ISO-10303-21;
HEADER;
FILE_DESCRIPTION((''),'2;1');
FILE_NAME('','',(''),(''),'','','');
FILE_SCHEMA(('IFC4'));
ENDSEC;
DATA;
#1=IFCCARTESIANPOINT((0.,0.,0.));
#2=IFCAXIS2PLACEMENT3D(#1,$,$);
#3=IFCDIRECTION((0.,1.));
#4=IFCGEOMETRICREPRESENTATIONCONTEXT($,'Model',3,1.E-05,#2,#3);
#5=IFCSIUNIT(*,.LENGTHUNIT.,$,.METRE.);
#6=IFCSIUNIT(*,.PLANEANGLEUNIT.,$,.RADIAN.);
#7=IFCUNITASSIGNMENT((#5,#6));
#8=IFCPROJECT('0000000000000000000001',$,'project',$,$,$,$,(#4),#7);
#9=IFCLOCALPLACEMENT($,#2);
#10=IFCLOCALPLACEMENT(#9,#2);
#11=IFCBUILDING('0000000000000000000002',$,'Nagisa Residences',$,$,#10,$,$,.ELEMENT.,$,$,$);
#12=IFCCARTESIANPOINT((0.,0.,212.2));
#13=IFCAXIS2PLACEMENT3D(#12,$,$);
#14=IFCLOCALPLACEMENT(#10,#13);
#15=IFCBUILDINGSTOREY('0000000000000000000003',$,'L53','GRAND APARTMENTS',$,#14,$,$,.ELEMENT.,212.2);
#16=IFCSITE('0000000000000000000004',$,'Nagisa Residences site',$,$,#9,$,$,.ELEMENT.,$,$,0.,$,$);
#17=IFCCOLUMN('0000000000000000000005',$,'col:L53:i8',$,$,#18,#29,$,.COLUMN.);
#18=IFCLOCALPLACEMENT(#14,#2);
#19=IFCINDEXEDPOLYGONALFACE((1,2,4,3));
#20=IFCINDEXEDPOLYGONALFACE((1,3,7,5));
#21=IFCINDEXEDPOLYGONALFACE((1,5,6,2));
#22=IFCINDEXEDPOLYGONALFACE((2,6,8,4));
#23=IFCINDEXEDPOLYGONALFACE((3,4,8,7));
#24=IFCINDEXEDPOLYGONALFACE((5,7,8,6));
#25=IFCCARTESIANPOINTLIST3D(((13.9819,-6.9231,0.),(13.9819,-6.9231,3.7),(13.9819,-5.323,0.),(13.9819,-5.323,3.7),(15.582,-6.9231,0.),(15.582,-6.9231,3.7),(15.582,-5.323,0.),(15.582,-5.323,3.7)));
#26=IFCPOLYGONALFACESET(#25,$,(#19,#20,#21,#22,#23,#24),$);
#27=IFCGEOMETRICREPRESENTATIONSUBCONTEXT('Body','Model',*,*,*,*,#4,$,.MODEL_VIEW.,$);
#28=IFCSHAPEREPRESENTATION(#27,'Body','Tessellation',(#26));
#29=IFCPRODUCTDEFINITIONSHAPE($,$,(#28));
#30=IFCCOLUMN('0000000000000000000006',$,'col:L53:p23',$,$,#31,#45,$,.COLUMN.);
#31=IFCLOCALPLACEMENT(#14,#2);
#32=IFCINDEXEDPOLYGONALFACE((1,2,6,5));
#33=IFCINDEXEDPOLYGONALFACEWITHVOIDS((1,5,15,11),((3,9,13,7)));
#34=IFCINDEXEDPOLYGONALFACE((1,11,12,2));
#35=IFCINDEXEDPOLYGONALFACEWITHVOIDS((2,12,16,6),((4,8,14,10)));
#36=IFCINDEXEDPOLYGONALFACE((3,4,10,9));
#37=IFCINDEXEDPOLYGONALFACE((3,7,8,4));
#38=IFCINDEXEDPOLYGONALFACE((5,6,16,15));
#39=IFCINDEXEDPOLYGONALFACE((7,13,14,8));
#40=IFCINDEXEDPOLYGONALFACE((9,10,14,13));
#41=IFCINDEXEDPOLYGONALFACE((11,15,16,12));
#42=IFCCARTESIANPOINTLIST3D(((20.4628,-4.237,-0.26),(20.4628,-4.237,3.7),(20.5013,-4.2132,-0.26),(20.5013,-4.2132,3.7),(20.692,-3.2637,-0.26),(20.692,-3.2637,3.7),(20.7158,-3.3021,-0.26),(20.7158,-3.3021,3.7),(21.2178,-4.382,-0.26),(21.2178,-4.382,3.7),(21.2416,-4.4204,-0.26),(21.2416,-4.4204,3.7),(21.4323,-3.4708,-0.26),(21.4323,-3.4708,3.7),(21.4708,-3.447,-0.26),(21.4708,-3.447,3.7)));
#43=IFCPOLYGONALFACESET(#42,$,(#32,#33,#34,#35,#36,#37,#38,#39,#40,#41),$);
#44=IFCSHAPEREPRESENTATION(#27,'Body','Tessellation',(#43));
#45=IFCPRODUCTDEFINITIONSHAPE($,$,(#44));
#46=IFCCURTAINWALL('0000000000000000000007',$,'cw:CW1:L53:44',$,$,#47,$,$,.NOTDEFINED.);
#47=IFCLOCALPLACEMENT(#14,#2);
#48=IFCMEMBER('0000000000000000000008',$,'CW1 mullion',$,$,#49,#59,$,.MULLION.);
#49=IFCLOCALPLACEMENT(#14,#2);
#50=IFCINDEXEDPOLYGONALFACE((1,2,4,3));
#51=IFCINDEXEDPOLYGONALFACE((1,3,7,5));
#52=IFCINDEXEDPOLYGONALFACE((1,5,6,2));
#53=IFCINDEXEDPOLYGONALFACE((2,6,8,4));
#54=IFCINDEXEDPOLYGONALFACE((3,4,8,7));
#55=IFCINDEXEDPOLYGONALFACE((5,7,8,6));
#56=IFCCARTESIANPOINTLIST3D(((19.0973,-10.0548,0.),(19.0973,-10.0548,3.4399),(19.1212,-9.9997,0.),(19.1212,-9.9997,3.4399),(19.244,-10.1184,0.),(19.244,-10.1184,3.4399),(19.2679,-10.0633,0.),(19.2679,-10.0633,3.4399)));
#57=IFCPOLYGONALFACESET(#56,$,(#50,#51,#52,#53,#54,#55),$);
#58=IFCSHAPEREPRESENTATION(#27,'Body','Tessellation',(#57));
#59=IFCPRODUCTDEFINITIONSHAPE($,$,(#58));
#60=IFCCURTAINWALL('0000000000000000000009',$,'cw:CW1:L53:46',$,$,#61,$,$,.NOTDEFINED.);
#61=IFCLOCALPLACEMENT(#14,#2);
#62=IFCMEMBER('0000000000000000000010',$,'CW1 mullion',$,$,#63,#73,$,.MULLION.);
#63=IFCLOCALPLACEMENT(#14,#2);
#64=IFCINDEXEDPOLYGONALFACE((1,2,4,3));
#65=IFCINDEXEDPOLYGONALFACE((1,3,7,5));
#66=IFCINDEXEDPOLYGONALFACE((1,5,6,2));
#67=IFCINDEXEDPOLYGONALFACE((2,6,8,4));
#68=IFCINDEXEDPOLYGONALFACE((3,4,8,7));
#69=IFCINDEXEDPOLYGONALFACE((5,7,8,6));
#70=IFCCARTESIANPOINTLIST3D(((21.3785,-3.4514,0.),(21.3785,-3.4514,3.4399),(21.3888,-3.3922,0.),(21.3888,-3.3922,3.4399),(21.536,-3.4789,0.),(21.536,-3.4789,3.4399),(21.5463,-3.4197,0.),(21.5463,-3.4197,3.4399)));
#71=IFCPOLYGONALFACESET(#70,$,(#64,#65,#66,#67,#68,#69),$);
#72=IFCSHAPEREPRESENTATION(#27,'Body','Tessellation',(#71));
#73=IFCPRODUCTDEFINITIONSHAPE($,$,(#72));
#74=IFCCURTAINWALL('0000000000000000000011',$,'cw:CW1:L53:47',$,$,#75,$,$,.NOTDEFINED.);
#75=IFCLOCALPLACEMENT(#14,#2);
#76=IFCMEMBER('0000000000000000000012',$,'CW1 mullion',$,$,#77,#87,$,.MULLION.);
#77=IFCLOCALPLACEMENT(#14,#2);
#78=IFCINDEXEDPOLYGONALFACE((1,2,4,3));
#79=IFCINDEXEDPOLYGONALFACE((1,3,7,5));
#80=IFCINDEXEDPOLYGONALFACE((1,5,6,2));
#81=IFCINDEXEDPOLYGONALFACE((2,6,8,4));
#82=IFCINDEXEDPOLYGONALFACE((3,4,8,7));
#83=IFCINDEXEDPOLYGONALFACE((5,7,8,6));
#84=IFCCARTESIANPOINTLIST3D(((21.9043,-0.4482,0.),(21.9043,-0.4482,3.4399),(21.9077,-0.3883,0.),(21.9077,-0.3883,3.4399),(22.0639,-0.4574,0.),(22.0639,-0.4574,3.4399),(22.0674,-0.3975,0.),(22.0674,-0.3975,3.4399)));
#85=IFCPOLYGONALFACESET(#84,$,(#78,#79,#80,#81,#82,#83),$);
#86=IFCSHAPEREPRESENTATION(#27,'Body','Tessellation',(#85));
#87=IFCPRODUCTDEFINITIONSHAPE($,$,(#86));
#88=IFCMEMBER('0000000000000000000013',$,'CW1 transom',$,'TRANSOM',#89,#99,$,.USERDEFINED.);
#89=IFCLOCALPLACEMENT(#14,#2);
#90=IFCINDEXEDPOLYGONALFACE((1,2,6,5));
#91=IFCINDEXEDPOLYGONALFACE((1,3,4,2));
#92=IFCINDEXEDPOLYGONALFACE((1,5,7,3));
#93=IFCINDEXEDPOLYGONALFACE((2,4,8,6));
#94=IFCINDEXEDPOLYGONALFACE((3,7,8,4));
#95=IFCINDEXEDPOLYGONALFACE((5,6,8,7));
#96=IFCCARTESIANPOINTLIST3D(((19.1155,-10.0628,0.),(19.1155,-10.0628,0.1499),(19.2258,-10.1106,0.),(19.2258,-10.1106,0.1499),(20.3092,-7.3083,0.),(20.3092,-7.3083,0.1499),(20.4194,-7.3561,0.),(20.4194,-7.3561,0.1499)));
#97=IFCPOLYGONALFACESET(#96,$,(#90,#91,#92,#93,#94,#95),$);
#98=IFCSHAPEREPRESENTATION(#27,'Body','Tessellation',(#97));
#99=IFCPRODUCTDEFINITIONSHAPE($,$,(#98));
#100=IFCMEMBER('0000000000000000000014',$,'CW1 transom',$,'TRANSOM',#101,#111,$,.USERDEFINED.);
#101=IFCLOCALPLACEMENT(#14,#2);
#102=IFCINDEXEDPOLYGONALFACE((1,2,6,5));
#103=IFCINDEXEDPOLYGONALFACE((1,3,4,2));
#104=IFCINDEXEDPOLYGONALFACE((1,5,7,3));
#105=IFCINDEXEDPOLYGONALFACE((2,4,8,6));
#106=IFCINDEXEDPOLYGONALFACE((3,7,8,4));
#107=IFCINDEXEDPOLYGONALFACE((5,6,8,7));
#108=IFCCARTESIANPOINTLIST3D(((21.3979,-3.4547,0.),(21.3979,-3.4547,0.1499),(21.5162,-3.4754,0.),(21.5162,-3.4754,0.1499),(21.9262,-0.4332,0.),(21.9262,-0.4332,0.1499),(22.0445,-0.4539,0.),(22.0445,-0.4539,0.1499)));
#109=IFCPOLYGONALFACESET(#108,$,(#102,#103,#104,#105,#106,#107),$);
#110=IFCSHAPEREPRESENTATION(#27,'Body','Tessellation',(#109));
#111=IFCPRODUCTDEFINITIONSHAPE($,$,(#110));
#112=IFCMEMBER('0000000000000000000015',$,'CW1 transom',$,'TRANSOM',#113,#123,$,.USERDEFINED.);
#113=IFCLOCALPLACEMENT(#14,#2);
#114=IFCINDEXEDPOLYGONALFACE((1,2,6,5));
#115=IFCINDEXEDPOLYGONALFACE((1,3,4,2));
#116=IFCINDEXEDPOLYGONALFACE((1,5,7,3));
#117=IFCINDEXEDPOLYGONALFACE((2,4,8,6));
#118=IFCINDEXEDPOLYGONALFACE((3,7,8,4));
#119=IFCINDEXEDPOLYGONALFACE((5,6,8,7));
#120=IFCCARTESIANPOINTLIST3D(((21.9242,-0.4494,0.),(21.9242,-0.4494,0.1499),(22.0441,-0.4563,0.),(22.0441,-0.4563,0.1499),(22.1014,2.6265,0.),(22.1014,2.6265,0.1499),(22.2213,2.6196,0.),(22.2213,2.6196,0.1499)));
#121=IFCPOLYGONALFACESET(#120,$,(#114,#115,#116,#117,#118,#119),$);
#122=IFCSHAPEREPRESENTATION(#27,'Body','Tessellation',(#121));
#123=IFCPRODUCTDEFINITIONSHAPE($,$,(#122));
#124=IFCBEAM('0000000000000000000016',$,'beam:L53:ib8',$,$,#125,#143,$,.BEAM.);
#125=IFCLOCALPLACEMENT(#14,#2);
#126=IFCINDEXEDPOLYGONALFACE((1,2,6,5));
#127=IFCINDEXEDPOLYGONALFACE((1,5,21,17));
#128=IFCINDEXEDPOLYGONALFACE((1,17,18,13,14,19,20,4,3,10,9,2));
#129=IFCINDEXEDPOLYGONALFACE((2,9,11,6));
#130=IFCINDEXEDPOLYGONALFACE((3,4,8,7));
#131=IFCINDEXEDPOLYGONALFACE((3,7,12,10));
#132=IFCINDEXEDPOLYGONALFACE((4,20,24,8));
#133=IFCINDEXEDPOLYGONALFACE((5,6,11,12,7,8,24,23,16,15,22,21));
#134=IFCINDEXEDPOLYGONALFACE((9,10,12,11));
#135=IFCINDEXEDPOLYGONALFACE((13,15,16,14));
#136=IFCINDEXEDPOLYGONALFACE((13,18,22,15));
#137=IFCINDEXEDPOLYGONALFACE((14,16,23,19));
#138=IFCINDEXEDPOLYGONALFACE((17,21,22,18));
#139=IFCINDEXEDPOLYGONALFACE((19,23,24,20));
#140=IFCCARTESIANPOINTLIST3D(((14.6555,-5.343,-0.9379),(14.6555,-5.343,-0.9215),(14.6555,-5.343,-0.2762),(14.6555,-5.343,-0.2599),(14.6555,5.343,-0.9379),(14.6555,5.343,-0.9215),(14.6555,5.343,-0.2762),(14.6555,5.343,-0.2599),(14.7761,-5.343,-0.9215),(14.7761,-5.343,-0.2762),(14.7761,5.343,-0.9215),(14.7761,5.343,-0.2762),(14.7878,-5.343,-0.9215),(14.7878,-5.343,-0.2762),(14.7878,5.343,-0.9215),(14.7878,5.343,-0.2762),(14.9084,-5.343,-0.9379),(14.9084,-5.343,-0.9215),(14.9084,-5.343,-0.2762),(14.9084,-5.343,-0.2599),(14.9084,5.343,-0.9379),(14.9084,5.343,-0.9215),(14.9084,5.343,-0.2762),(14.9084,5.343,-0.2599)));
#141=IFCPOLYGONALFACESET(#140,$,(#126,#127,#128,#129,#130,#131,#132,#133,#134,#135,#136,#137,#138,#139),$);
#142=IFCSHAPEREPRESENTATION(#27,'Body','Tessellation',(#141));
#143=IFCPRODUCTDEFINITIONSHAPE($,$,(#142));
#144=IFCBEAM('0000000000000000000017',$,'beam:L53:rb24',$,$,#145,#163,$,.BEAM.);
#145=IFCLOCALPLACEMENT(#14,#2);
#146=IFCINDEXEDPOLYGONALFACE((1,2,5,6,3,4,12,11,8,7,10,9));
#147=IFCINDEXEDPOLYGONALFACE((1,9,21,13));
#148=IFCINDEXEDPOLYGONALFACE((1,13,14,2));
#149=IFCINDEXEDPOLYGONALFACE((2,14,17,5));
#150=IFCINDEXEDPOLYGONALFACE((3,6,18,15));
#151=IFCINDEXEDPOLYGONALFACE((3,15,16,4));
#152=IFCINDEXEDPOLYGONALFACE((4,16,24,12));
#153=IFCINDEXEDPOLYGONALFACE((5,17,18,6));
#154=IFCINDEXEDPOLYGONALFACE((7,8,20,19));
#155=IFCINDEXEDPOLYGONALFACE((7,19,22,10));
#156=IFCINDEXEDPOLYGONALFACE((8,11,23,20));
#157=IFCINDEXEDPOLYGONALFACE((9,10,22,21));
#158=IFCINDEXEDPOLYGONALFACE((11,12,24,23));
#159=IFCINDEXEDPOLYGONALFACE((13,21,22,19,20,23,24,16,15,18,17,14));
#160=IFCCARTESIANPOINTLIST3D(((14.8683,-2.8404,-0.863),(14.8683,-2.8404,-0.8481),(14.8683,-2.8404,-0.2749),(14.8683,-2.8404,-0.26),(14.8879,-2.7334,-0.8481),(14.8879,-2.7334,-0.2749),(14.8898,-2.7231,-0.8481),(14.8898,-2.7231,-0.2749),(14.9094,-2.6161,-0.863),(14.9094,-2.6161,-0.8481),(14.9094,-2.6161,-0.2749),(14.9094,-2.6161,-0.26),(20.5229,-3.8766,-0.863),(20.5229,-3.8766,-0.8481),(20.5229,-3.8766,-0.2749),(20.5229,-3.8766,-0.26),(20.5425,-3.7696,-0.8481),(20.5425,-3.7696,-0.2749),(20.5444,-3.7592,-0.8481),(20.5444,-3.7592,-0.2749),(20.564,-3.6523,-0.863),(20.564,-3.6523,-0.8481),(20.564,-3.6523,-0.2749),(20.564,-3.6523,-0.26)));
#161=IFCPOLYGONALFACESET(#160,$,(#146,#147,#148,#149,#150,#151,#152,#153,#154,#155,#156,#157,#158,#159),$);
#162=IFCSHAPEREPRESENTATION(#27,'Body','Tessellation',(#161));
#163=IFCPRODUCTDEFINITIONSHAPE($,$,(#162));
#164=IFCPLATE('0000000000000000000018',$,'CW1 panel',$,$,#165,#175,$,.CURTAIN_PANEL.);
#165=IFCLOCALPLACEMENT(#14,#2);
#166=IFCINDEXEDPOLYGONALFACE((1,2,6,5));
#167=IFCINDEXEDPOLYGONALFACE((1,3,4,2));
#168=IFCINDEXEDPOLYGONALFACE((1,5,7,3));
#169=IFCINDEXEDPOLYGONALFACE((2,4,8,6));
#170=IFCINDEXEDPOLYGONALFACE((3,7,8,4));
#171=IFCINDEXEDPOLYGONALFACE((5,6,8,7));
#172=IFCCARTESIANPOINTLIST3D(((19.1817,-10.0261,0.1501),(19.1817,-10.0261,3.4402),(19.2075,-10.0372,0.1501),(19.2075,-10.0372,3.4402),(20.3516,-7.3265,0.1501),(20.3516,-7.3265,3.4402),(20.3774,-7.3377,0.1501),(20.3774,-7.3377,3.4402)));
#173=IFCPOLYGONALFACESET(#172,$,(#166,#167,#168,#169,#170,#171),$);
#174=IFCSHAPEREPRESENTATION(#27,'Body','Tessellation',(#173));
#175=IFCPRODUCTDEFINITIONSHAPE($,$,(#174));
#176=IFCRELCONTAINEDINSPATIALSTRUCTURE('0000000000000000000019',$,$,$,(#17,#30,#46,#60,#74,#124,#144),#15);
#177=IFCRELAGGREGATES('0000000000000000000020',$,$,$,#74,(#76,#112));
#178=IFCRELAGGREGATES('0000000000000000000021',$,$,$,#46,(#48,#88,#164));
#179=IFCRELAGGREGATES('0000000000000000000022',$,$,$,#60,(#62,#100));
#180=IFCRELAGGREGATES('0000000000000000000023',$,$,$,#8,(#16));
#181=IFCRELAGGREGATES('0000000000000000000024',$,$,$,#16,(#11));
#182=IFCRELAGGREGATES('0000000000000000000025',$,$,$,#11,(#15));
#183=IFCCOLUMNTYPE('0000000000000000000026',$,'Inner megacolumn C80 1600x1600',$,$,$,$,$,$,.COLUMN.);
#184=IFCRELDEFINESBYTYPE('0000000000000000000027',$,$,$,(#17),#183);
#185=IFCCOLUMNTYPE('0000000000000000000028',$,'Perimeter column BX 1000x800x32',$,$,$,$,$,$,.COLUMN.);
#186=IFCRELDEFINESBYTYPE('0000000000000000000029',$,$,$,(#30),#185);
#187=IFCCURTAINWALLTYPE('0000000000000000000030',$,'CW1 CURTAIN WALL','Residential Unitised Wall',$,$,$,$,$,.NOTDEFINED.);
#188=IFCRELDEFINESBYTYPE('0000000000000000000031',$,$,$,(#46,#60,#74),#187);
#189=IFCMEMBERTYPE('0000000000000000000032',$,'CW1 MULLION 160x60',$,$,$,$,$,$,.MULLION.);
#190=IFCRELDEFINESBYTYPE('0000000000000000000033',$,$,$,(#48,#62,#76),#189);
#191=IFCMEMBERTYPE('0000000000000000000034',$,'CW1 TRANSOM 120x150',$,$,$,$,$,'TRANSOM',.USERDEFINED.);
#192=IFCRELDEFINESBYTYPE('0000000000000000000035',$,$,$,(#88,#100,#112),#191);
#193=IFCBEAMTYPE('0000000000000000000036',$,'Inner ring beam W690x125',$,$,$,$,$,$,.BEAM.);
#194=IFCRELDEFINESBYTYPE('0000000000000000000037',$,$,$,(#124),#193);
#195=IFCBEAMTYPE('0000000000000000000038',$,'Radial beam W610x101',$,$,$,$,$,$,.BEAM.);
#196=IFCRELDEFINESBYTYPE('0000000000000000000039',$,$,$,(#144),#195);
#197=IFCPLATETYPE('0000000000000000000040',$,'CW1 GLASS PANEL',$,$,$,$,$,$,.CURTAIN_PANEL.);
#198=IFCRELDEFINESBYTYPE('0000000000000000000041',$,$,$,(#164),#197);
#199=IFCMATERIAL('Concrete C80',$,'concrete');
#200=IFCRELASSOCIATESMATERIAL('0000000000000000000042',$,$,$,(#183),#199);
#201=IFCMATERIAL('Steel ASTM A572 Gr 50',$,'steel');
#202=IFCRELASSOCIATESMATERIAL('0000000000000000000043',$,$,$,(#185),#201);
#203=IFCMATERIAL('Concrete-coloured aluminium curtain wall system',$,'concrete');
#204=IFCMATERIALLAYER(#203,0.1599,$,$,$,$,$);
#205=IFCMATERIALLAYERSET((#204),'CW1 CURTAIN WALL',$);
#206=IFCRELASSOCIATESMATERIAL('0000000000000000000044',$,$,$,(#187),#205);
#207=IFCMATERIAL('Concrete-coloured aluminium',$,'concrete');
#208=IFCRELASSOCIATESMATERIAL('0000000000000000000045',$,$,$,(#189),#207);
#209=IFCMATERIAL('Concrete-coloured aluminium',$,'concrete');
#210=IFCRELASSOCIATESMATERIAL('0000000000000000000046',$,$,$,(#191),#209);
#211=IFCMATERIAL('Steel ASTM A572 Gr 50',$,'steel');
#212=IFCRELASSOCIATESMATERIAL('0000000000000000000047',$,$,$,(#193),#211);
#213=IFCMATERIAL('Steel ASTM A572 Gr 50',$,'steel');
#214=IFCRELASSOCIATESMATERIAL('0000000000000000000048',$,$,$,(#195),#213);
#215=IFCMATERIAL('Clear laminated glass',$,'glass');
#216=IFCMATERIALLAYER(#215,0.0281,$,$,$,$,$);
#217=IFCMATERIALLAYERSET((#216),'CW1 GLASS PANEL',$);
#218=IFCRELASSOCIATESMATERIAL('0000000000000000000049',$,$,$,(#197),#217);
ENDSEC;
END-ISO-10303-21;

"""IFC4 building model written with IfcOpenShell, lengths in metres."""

from ifc_helpers import new_model, si_unit, direction, frame, origin, origin_2d, place, context, subcontext, project, spatial, rectangle, hollow_rectangle, i_section, extrude, material, layer, layer_set, material_profile, profile_set, type_object, element, aggregate, save


model = new_model("IFC4")

# Units and contexts
model_context = context("Model", 3, precision=1e-05, world=origin(), true_north=direction((0.0, 1.0)))
body_context = subcontext(model_context, "Body", "Model", "MODEL_VIEW")
ifc_project = project(units=[si_unit("LENGTHUNIT", "METRE"), si_unit("PLANEANGLEUNIT", "RADIAN")], contexts=[model_context])

# Site, building, storey
site_placement = place(None, origin())
site = spatial("IfcSite", under=ifc_project, at=site_placement, Name="Nagisa Residences site", CompositionType="ELEMENT", RefElevation=0.0)
building_placement = place(site_placement, origin())
building = spatial("IfcBuilding", under=site, at=building_placement, Name="Nagisa Residences", CompositionType="ELEMENT")
storey_placement = place(building_placement, frame((0.0, 0.0, 212.2)))
storey = spatial("IfcBuildingStorey", under=building, at=storey_placement, Name="L53", Description="GRAND APARTMENTS", CompositionType="ELEMENT", Elevation=212.2)

# Columns
ifc_material_1 = material(Name="Concrete C80", Category="concrete")
ifc_material_profile_1 = material_profile(ifc_material_1, rectangle(XDim=1.6001, YDim=1.6001, at=origin_2d()), Name="C80 1600x1600")
ifc_profile_set_1 = profile_set([ifc_material_profile_1], Name="Concrete C80")
column_type_1 = type_object("IfcColumnType", Name="Inner megacolumn C80 1600x1600", PredefinedType="COLUMN", material=ifc_profile_set_1)
column_1_placement = place(storey_placement, frame((14.782, -6.123, 0.0), z_axis=(0.0, 0.0, 1.0), x_axis=(1.0, 0.0, 0.0)))
element("IfcColumn", 1, at=column_1_placement, inside=storey, type_object=column_type_1, Name="col:L53:i8", PredefinedType="COLUMN", context=body_context, shape_type="SweptSolid", body=[
    extrude(rectangle(XDim=1.6001, YDim=1.6001, at=origin_2d()), origin(), (0.0, 0.0, 1.0), 3.7),
])
ifc_material_2 = material(Name="Steel ASTM A572 Gr 50", Category="steel")
ifc_material_profile_2 = material_profile(ifc_material_2, hollow_rectangle(XDim=1.0, YDim=0.8, WallThickness=0.032, at=origin_2d()), Name="BX 1000x800x32")
ifc_profile_set_2 = profile_set([ifc_material_profile_2], Name="Steel ASTM A572 Gr 50")
column_type_2 = type_object("IfcColumnType", Name="Perimeter column BX 1000x800x32", PredefinedType="COLUMN", material=ifc_profile_set_2)
column_2_placement = place(storey_placement, frame((20.9668, -3.842, -0.26), z_axis=(0.0, 0.0, 1.0), x_axis=(0.229202, 0.973379, 0.0)))
element("IfcColumn", 2, at=column_2_placement, inside=storey, type_object=column_type_2, Name="col:L53:p23", PredefinedType="COLUMN", context=body_context, shape_type="SweptSolid", body=[
    extrude(hollow_rectangle(XDim=1.0, YDim=0.8, WallThickness=0.032, at=origin_2d()), origin(), (0.0, 0.0, 1.0), 3.96),
])

# Curtain walls, members
ifc_material_3 = material(Name="Concrete-coloured aluminium curtain wall system", Category="concrete")
ifc_layer_1 = layer(ifc_material_3, 0.1599)
ifc_layer_set_1 = layer_set([ifc_layer_1], Name="CW1 CURTAIN WALL")
curtain_wall_type = type_object("IfcCurtainWallType", Name="CW1 CURTAIN WALL", Description="Residential Unitised Wall", PredefinedType="NOTDEFINED", material=ifc_layer_set_1)
curtain_wall_1_placement = place(storey_placement, origin())
curtain_wall_1 = element("IfcCurtainWall", 3, at=curtain_wall_1_placement, inside=storey, type_object=curtain_wall_type, Name="cw:CW1:L53:44", PredefinedType="NOTDEFINED")
ifc_material_4 = material(Name="Concrete-coloured aluminium", Category="concrete")
ifc_material_profile_3 = material_profile(ifc_material_4, rectangle(XDim=0.1599, YDim=0.0601, at=origin_2d()), Name="CW1 MULLION 160x60")
ifc_profile_set_3 = profile_set([ifc_material_profile_3], Name="Concrete-coloured aluminium")
member_type_1 = type_object("IfcMemberType", Name="CW1 MULLION 160x60", PredefinedType="MULLION", material=ifc_profile_set_3)
member_1_placement = place(storey_placement, frame((19.1826, -10.0591, 0.0), z_axis=(0.0, 0.0, 1.0), x_axis=(-0.917543, 0.397636, 0.0)))
member_1 = element("IfcMember", 4, at=member_1_placement, type_object=member_type_1, Name="CW1 mullion", PredefinedType="MULLION", context=body_context, shape_type="SweptSolid", body=[
    extrude(rectangle(XDim=0.1599, YDim=0.0601, at=origin_2d()), origin(), (0.0, 0.0, 1.0), 3.4399),
])
curtain_wall_2_placement = place(storey_placement, origin())
curtain_wall_2 = element("IfcCurtainWall", 5, at=curtain_wall_2_placement, inside=storey, type_object=curtain_wall_type, Name="cw:CW1:L53:46", PredefinedType="NOTDEFINED")
member_2_placement = place(storey_placement, frame((21.4624, -3.4355, 0.0), z_axis=(0.0, 0.0, 1.0), x_axis=(-0.985064, 0.172191, 0.0)))
member_2 = element("IfcMember", 6, at=member_2_placement, type_object=member_type_1, Name="CW1 mullion", PredefinedType="MULLION", context=body_context, shape_type="SweptSolid", body=[
    extrude(rectangle(XDim=0.1599, YDim=0.0601, at=origin_2d()), origin(), (0.0, 0.0, 1.0), 3.4399),
])
curtain_wall_3_placement = place(storey_placement, origin())
curtain_wall_3 = element("IfcCurtainWall", 7, at=curtain_wall_3_placement, inside=storey, type_object=curtain_wall_type, Name="cw:CW1:L53:47", PredefinedType="NOTDEFINED")
member_3_placement = place(storey_placement, frame((21.9858, -0.4229, 0.0), z_axis=(0.0, 0.0, 1.0), x_axis=(-0.998345, 0.057503, 0.0)))
member_3 = element("IfcMember", 8, at=member_3_placement, type_object=member_type_1, Name="CW1 mullion", PredefinedType="MULLION", context=body_context, shape_type="SweptSolid", body=[
    extrude(rectangle(XDim=0.1599, YDim=0.0601, at=origin_2d()), origin(), (0.0, 0.0, 1.0), 3.4399),
])

# Members
ifc_material_5 = material(Name="Concrete-coloured aluminium", Category="concrete")
ifc_material_profile_4 = material_profile(ifc_material_5, rectangle(XDim=0.1201, YDim=0.1499, at=origin_2d()), Name="CW1 TRANSOM 120x150")
ifc_profile_set_4 = profile_set([ifc_material_profile_4], Name="Concrete-coloured aluminium")
member_type_2 = type_object("IfcMemberType", Name="CW1 TRANSOM 120x150", ElementType="TRANSOM", PredefinedType="USERDEFINED", material=ifc_profile_set_4)
member_4_placement = place(storey_placement, frame((19.1707, -10.0867, 0.075), z_axis=(0.397617, 0.917552, 0.0), x_axis=(-0.917552, 0.397617, 0.0)))
member_4 = element("IfcMember", 9, at=member_4_placement, type_object=member_type_2, Name="CW1 transom", ObjectType="TRANSOM", PredefinedType="USERDEFINED", context=body_context, shape_type="SweptSolid", body=[
    extrude(rectangle(XDim=0.1201, YDim=0.1499, at=origin_2d()), origin(), (0.0, 0.0, 1.0), 3.002),
])
member_5_placement = place(storey_placement, frame((21.457, -3.4651, 0.075), z_axis=(0.172241, 0.985055, 0.0), x_axis=(-0.985055, 0.172241, 0.0)))
member_5 = element("IfcMember", 10, at=member_5_placement, type_object=member_type_2, Name="CW1 transom", ObjectType="TRANSOM", PredefinedType="USERDEFINED", context=body_context, shape_type="SweptSolid", body=[
    extrude(rectangle(XDim=0.1201, YDim=0.1499, at=origin_2d()), origin(), (0.0, 0.0, 1.0), 3.0674),
])
member_6_placement = place(storey_placement, frame((21.9841, -0.4529, 0.075), z_axis=(0.057528, 0.998344, 0.0), x_axis=(-0.998344, 0.057528, 0.0)))
member_6 = element("IfcMember", 11, at=member_6_placement, type_object=member_type_2, Name="CW1 transom", ObjectType="TRANSOM", PredefinedType="USERDEFINED", context=body_context, shape_type="SweptSolid", body=[
    extrude(rectangle(XDim=0.1201, YDim=0.1499, at=origin_2d()), origin(), (0.0, 0.0, 1.0), 3.0811),
])
aggregate(curtain_wall_3, [member_3, member_6])

# Beams
ifc_material_6 = material(Name="Steel ASTM A572 Gr 50", Category="steel")
ifc_material_profile_5 = material_profile(ifc_material_6, i_section(OverallWidth=0.2529, OverallDepth=0.678, WebThickness=0.0117, FlangeThickness=0.0164, at=origin_2d()), Name="W690x125")
ifc_profile_set_5 = profile_set([ifc_material_profile_5], Name="Steel ASTM A572 Gr 50")
beam_type_1 = type_object("IfcBeamType", Name="Inner ring beam W690x125", PredefinedType="BEAM", material=ifc_profile_set_5)
beam_1_placement = place(storey_placement, frame((14.782, -5.343, -0.5989), z_axis=(0.0, 1.0, 0.0), x_axis=(-1.0, 0.0, 0.0)))
element("IfcBeam", 12, at=beam_1_placement, inside=storey, type_object=beam_type_1, Name="beam:L53:ib8", PredefinedType="BEAM", context=body_context, shape_type="SweptSolid", body=[
    extrude(i_section(OverallWidth=0.2529, OverallDepth=0.678, WebThickness=0.0117, FlangeThickness=0.0164, at=origin_2d()), origin(), (0.0, 0.0, 1.0), 10.686),
])
ifc_material_7 = material(Name="Steel ASTM A572 Gr 50", Category="steel")
ifc_material_profile_6 = material_profile(ifc_material_7, i_section(OverallWidth=0.228, OverallDepth=0.603, WebThickness=0.0105, FlangeThickness=0.0149, at=origin_2d()), Name="W610x101")
ifc_profile_set_6 = profile_set([ifc_material_profile_6], Name="Steel ASTM A572 Gr 50")
beam_type_2 = type_object("IfcBeamType", Name="Radial beam W610x101", PredefinedType="BEAM", material=ifc_profile_set_6)
beam_2_placement = place(storey_placement, frame((20.5435, -3.7644, -0.5615), z_axis=(-0.983623, 0.180238, 0.0), x_axis=(-0.180238, -0.983623, 0.0)))
element("IfcBeam", 13, at=beam_2_placement, inside=storey, type_object=beam_type_2, Name="beam:L53:rb24", PredefinedType="BEAM", context=body_context, shape_type="SweptSolid", body=[
    extrude(i_section(OverallWidth=0.228, OverallDepth=0.603, WebThickness=0.0105, FlangeThickness=0.0149, at=origin_2d()), origin(), (0.0, 0.0, 1.0), 5.7488),
])

# Plate
ifc_material_8 = material(Name="Clear laminated glass", Category="glass")
ifc_layer_2 = layer(ifc_material_8, 0.0281)
ifc_layer_set_2 = layer_set([ifc_layer_2], Name="CW1 GLASS PANEL")
plate_type = type_object("IfcPlateType", Name="CW1 GLASS PANEL", PredefinedType="CURTAIN_PANEL", material=ifc_layer_set_2)
plate_1_placement = place(storey_placement, frame((19.7795, -8.6819, 0.1501), z_axis=(0.0, 0.0, 1.0), x_axis=(0.397636, 0.917543, 0.0)))
plate_1 = element("IfcPlate", 14, at=plate_1_placement, type_object=plate_type, Name="CW1 panel", PredefinedType="CURTAIN_PANEL", context=body_context, shape_type="SweptSolid", body=[
    extrude(rectangle(XDim=2.9421, YDim=0.0281, at=origin_2d()), origin(), (0.0, 0.0, 1.0), 3.29),
])
aggregate(curtain_wall_1, [member_1, member_4, plate_1])
aggregate(curtain_wall_2, [member_2, member_5])

save(model, "model.ifc")
